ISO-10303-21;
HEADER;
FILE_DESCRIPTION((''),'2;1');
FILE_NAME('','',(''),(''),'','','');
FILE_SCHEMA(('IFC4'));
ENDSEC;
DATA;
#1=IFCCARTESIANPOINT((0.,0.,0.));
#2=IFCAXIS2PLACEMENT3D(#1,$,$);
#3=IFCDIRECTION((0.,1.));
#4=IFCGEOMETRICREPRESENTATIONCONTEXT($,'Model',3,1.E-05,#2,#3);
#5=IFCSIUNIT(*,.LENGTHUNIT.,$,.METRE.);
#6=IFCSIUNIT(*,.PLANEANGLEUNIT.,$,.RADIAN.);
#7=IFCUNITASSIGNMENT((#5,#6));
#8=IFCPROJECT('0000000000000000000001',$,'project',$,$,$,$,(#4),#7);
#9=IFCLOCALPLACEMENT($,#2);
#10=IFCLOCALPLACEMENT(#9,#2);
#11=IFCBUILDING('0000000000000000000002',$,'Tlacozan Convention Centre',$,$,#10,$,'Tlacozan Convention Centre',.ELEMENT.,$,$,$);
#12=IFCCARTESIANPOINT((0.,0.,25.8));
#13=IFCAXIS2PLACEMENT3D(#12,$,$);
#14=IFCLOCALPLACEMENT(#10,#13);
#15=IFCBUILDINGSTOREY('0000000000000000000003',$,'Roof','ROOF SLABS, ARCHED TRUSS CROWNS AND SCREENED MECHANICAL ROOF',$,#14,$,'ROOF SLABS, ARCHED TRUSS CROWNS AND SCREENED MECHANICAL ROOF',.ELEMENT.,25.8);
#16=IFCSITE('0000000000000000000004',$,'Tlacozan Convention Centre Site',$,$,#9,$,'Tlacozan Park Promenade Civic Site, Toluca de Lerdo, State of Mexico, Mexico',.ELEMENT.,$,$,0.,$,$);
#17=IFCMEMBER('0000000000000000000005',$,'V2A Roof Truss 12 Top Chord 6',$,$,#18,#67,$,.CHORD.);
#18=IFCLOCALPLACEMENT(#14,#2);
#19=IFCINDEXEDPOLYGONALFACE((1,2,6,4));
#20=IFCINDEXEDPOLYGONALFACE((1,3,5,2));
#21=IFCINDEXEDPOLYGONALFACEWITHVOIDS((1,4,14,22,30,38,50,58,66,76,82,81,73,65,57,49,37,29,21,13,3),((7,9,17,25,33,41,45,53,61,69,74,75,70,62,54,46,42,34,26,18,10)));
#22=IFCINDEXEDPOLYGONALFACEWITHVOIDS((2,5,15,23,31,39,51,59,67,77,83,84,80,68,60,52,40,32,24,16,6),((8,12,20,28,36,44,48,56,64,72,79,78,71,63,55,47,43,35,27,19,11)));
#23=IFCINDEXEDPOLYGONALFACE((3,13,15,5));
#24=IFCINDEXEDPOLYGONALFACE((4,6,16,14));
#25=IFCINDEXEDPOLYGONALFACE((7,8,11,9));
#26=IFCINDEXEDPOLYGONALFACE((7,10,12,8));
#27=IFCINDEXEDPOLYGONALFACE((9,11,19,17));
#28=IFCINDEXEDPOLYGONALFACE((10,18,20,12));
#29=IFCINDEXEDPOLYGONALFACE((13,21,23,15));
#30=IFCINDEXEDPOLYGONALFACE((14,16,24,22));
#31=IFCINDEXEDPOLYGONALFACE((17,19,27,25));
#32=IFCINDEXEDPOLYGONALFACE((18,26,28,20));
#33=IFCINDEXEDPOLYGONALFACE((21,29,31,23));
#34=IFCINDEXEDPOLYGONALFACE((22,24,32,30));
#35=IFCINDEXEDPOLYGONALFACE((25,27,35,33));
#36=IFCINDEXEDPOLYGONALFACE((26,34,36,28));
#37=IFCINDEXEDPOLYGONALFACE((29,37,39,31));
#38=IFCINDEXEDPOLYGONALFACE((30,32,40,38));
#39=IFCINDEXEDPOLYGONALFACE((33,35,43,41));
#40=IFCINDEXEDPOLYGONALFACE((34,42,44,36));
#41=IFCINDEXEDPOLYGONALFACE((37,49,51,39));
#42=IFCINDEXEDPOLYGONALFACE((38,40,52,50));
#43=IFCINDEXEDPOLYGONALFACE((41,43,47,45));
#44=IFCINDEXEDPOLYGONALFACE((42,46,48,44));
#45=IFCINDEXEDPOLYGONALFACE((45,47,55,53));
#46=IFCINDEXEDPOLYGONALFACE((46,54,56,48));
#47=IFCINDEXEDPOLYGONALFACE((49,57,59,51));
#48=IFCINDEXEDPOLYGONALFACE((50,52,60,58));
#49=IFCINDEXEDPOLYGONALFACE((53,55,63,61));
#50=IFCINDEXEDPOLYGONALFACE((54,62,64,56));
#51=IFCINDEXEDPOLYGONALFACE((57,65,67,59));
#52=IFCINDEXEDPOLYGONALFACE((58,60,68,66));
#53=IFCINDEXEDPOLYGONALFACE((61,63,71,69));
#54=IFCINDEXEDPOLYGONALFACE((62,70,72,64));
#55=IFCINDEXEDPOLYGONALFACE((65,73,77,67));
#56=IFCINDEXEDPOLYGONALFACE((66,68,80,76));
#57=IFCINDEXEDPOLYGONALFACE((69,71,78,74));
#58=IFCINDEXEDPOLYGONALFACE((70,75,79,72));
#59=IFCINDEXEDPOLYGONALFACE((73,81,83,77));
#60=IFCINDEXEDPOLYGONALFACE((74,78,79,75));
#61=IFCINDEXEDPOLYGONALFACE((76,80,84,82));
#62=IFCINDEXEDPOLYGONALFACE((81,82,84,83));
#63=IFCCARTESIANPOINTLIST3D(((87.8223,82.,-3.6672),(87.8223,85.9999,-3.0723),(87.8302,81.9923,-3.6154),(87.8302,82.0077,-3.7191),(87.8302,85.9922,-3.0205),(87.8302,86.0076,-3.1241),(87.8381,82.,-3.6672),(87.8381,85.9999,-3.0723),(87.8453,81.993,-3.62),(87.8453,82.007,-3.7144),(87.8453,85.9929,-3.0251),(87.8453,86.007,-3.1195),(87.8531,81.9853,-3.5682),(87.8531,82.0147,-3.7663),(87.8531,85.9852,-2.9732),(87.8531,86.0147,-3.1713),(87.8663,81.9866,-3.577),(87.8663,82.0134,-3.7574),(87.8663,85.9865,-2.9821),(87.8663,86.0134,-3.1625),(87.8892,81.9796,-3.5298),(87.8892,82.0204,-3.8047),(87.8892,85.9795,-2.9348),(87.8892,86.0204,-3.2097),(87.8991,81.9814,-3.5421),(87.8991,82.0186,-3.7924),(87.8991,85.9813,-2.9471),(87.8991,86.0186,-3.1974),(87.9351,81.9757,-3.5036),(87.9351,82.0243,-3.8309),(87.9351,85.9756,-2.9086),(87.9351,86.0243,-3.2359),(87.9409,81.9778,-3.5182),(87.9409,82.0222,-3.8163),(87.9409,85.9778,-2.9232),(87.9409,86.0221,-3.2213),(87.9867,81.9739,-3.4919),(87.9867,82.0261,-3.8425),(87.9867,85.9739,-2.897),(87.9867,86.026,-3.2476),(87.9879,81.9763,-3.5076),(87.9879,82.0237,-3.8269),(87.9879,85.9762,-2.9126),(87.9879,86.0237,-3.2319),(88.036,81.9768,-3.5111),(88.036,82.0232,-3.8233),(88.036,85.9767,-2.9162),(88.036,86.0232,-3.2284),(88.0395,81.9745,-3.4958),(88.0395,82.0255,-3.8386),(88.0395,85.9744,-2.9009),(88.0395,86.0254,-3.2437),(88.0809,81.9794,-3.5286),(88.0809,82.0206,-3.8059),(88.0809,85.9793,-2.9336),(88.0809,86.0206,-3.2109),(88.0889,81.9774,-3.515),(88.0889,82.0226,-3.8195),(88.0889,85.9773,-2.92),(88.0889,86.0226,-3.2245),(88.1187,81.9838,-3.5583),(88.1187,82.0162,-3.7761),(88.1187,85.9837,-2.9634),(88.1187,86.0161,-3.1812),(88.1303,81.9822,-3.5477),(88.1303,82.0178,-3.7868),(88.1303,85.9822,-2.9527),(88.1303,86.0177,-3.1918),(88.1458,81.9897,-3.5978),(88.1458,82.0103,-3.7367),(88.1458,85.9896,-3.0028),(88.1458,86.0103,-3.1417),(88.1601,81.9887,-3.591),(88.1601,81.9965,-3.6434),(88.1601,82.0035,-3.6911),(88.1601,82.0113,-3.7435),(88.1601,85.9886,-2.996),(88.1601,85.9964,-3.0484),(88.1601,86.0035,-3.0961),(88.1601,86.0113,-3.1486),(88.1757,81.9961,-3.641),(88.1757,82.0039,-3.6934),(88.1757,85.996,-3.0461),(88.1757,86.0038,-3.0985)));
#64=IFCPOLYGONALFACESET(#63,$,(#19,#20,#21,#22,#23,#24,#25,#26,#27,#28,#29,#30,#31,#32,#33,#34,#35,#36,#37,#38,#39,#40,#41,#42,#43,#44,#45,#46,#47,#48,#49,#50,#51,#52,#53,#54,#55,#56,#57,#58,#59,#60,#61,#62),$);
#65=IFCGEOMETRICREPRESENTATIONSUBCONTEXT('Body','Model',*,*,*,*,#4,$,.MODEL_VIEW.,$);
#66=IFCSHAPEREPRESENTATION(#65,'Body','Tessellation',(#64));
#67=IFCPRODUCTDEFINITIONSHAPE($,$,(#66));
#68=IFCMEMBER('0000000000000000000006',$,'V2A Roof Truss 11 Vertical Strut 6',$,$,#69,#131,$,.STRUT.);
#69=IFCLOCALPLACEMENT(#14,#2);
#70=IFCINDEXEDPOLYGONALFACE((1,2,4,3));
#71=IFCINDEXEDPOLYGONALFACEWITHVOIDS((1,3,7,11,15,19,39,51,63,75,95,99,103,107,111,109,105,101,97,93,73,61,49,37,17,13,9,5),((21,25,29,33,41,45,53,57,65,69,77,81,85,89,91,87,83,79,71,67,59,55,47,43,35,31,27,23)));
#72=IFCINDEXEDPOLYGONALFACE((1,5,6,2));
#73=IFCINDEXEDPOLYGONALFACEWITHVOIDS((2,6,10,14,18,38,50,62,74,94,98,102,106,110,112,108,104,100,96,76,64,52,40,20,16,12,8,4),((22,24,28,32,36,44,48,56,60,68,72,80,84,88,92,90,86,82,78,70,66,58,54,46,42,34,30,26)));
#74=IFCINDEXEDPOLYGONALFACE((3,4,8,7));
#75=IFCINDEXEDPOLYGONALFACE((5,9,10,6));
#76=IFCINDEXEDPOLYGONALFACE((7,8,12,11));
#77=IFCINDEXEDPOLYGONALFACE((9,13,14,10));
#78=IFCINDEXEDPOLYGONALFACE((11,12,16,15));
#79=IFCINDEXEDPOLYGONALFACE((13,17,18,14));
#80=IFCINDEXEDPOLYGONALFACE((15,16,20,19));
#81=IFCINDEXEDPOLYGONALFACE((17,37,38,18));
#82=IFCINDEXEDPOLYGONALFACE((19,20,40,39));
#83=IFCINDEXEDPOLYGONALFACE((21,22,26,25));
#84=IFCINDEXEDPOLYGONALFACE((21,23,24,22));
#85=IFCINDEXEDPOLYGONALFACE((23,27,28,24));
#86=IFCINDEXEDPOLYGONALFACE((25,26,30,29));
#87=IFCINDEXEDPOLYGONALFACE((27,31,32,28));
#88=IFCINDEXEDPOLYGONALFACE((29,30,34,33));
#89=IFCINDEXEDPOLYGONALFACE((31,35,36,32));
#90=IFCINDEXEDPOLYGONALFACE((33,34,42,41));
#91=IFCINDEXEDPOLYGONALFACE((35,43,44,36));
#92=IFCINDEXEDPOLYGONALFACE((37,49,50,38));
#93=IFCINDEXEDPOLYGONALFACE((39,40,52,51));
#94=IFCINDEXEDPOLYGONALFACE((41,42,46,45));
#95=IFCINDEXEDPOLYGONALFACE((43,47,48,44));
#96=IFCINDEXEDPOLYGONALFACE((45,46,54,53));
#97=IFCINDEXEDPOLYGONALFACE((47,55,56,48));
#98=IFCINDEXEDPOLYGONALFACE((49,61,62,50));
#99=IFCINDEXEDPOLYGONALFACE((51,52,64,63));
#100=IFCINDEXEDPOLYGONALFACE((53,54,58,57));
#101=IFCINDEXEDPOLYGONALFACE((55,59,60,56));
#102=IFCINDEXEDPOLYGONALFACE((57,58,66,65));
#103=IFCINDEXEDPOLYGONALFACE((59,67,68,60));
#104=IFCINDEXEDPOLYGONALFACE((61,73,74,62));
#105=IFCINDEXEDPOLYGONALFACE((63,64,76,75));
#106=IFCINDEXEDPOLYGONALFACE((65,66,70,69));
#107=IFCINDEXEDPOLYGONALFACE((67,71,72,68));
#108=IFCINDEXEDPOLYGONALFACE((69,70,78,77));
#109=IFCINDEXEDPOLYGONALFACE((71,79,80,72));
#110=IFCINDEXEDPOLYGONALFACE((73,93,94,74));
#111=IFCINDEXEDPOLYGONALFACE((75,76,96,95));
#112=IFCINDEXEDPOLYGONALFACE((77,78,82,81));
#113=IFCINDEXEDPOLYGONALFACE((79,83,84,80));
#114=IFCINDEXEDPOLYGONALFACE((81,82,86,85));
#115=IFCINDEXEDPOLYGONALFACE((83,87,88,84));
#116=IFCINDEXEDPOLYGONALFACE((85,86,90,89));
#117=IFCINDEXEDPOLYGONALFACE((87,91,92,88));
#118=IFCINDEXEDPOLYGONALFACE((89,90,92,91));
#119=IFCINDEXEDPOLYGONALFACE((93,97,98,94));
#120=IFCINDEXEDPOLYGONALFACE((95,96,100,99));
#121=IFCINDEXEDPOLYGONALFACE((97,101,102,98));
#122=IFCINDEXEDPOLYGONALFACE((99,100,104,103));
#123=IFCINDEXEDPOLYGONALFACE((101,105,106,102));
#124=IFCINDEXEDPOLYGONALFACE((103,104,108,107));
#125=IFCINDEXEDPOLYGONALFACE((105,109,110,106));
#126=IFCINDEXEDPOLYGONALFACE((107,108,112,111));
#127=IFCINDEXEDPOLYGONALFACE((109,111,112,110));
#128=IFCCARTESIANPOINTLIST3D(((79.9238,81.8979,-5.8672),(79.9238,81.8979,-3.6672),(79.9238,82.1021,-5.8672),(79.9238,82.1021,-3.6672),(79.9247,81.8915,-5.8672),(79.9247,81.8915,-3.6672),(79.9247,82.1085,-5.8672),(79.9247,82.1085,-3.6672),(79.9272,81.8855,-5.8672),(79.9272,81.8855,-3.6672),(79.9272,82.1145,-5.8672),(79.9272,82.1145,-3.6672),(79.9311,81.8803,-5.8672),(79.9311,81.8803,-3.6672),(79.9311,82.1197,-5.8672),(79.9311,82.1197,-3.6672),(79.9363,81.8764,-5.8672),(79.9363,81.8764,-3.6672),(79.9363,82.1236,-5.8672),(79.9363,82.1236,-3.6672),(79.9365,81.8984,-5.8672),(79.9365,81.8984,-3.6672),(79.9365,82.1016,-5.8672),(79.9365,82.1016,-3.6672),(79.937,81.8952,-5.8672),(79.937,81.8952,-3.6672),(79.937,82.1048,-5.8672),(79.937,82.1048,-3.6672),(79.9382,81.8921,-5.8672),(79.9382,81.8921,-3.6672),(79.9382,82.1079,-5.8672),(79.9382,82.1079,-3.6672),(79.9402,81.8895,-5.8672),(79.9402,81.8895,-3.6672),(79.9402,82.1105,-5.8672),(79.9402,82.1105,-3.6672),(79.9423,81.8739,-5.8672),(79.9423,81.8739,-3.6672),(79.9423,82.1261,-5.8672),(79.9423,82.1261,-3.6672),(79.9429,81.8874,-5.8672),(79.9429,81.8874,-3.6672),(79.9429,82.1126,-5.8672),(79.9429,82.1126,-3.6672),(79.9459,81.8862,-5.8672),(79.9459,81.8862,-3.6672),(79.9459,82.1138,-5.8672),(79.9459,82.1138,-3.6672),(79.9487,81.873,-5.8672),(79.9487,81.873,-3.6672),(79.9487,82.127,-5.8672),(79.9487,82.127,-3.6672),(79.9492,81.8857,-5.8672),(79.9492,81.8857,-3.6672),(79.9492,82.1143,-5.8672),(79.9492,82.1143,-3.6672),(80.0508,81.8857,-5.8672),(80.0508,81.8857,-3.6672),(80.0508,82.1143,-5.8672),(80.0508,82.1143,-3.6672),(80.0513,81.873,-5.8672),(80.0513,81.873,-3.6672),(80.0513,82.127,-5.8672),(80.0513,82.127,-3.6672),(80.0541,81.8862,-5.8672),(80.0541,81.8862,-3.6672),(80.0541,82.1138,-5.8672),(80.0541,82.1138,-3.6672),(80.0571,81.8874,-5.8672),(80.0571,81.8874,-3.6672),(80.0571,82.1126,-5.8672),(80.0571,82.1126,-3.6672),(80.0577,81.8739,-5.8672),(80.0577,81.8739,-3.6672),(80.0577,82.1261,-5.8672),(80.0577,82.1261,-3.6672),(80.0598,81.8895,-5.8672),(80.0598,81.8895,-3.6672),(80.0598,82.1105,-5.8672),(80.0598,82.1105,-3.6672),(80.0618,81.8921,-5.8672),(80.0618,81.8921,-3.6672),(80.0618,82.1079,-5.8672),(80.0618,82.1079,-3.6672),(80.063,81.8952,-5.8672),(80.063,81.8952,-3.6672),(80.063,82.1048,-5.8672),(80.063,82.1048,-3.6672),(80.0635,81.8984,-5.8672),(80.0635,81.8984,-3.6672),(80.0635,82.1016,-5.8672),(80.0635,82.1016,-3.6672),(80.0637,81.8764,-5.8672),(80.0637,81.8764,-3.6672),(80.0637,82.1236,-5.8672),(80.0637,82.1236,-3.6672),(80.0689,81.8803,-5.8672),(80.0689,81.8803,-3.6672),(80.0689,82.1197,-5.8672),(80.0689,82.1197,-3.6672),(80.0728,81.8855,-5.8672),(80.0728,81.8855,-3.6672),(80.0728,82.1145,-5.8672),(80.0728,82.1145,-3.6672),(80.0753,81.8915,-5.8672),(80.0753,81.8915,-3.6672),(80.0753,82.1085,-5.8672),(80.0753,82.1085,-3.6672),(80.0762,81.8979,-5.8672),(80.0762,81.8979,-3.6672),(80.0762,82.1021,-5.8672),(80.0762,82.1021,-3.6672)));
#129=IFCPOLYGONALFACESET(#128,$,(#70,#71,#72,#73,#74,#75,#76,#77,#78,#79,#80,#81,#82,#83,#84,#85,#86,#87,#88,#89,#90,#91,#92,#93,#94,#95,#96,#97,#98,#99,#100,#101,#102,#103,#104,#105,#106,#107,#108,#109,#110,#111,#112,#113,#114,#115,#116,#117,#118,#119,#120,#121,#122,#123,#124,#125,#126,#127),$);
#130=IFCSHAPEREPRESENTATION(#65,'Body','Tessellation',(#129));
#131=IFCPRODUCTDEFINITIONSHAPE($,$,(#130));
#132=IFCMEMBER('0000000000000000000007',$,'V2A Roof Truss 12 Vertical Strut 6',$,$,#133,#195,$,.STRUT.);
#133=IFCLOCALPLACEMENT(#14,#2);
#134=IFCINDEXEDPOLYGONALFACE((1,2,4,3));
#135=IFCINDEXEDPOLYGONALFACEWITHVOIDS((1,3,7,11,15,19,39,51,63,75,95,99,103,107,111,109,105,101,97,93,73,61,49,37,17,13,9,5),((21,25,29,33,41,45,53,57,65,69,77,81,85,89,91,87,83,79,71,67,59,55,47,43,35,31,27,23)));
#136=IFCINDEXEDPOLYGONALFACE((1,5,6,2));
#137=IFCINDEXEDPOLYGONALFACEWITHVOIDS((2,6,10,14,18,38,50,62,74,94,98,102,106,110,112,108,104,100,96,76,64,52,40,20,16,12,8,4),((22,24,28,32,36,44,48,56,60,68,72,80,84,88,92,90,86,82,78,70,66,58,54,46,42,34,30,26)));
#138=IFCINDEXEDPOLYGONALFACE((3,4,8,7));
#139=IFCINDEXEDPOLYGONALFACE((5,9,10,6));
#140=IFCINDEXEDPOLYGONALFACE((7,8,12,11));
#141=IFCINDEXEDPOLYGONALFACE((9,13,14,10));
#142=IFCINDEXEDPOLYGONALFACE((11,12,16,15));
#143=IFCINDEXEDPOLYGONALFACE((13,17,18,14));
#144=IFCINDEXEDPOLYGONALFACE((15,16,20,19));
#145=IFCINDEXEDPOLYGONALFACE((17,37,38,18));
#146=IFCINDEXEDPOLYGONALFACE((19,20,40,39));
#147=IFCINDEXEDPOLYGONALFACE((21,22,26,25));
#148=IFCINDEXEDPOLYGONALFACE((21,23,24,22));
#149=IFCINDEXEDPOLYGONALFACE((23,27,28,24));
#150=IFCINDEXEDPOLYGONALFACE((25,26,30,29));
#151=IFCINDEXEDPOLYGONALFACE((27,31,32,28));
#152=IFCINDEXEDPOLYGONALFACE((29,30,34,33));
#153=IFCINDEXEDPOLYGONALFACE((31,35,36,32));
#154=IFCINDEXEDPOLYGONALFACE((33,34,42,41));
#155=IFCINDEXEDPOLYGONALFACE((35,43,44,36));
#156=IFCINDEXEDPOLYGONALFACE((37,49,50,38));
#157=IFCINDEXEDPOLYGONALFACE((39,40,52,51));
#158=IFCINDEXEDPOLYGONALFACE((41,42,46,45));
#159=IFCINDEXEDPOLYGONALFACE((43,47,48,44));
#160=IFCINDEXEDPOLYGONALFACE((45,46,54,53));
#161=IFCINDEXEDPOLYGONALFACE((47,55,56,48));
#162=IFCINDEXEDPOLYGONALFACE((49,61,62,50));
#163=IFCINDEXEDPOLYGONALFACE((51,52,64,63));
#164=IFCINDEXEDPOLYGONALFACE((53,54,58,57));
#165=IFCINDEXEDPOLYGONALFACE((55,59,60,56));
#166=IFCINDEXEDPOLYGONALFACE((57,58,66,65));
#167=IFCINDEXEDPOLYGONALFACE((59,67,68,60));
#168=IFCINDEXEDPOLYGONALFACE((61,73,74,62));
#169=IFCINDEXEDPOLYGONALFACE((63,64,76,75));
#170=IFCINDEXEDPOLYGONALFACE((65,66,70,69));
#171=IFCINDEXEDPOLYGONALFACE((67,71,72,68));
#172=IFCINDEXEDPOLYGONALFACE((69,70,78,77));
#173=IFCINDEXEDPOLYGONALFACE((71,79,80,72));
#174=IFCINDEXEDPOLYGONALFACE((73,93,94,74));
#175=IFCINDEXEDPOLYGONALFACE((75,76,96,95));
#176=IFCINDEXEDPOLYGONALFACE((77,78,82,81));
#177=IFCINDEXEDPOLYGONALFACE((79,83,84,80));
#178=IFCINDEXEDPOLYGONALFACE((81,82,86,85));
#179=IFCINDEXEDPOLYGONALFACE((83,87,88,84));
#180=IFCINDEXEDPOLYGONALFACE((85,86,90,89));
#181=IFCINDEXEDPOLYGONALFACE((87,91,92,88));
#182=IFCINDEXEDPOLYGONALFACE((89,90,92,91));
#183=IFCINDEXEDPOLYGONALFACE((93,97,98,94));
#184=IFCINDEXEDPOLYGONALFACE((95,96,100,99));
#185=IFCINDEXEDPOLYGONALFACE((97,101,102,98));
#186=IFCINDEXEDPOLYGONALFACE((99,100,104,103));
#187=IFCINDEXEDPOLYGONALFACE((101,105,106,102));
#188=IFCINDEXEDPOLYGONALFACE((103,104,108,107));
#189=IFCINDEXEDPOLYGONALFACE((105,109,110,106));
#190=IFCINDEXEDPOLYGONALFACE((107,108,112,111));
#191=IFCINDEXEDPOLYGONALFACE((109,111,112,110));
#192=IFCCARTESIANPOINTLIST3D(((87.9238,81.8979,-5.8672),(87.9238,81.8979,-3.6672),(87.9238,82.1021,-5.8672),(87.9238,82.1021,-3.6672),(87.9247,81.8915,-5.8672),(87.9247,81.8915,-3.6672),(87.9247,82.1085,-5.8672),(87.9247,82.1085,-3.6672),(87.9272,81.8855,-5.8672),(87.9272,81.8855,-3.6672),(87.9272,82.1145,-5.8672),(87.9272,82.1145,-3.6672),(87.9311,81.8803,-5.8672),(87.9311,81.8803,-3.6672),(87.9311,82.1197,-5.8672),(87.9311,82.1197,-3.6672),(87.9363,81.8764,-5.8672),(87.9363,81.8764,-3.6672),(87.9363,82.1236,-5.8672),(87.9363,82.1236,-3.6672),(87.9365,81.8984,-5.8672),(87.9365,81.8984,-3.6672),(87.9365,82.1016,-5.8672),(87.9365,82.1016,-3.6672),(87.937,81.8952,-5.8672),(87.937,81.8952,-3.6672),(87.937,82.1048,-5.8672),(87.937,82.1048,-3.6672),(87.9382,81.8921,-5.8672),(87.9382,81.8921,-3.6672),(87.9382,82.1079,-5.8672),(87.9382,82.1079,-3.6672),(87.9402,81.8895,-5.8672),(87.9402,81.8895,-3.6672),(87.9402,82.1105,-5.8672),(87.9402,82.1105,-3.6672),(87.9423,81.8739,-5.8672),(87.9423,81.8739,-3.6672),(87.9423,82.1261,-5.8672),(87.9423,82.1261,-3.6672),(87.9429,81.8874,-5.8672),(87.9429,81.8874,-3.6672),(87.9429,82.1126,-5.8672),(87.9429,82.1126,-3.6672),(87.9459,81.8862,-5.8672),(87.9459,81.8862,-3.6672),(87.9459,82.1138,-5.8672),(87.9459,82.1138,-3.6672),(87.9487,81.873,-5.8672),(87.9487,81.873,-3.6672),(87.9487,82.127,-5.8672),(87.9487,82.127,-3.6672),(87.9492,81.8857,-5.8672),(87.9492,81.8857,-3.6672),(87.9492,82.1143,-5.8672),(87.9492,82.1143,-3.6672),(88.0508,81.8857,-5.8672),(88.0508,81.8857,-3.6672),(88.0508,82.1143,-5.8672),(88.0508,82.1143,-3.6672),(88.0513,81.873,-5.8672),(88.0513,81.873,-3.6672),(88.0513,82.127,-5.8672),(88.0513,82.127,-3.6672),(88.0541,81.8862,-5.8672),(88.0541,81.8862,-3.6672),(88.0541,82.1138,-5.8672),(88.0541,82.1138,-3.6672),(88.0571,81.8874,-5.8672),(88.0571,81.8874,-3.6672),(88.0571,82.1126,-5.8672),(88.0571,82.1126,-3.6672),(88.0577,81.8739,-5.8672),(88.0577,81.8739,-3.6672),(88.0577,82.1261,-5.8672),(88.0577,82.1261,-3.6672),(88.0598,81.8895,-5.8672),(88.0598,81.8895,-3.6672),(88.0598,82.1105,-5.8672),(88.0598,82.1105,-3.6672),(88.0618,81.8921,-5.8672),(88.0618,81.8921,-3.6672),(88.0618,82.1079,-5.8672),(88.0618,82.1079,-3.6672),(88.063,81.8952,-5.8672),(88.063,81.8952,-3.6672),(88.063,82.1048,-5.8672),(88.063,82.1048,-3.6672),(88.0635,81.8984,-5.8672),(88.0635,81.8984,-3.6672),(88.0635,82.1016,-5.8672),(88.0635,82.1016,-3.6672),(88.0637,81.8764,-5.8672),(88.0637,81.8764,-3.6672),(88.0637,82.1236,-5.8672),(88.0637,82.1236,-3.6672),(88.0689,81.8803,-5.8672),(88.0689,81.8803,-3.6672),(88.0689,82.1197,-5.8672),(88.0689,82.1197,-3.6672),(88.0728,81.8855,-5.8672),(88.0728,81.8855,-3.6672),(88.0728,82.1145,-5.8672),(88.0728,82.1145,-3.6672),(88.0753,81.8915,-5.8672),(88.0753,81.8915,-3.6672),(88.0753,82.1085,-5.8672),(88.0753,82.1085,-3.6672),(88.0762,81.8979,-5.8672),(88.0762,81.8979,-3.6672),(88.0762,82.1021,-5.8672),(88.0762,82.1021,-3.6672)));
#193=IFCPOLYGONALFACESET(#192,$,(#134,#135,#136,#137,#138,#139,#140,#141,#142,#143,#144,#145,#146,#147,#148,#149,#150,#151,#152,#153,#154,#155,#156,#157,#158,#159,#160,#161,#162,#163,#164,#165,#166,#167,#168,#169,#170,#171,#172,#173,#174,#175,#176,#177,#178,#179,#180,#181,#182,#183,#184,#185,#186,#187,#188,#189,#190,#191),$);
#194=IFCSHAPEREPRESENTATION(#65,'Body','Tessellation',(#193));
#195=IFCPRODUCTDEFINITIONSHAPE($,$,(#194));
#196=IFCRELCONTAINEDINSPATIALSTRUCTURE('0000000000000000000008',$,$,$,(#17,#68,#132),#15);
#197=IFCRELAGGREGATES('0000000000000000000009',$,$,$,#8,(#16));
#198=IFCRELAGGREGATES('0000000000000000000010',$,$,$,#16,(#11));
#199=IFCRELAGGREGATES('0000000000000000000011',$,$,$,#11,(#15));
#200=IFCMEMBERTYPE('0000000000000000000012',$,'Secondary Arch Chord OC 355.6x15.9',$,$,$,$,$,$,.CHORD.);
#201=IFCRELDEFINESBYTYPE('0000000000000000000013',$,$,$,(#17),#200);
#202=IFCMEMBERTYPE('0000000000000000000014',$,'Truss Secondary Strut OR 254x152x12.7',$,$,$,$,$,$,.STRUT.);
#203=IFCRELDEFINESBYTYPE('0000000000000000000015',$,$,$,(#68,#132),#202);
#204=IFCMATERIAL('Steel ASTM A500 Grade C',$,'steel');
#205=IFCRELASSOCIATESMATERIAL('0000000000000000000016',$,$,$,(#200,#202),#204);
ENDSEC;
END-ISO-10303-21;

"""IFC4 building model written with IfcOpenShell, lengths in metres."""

from ifc_helpers import new_model, si_unit, direction, frame, origin, origin_2d, place, context, subcontext, project, spatial, hollow_rectangle, hollow_circle, extrude, material, material_profile, profile_set, type_object, element, save


model = new_model("IFC4")

# Units and contexts
model_context = context("Model", 3, precision=1e-05, world=origin(), true_north=direction((0.0, 1.0)))
body_context = subcontext(model_context, "Body", "Model", "MODEL_VIEW")
ifc_project = project(units=[si_unit("LENGTHUNIT", "METRE"), si_unit("PLANEANGLEUNIT", "RADIAN")], contexts=[model_context])

# Site, building, storey
site_placement = place(None, origin())
site = spatial("IfcSite", under=ifc_project, at=site_placement, Name="Tlacozan Convention Centre Site", LongName="Tlacozan Park Promenade Civic Site, Toluca de Lerdo, State of Mexico, Mexico", CompositionType="ELEMENT", RefElevation=0.0)
building_placement = place(site_placement, origin())
building = spatial("IfcBuilding", under=site, at=building_placement, Name="Tlacozan Convention Centre", LongName="Tlacozan Convention Centre", CompositionType="ELEMENT")
storey_placement = place(building_placement, frame((0.0, 0.0, 25.8)))
storey = spatial("IfcBuildingStorey", under=building, at=storey_placement, Name="Roof", Description="ROOF SLABS, ARCHED TRUSS CROWNS AND SCREENED MECHANICAL ROOF", LongName="ROOF SLABS, ARCHED TRUSS CROWNS AND SCREENED MECHANICAL ROOF", CompositionType="ELEMENT", Elevation=25.8)

# Members
ifc_material_1 = material(Name="Steel ASTM A500 Grade C", Category="steel")
ifc_material_profile_1 = material_profile(ifc_material_1, hollow_circle(Radius=0.1777, WallThickness=0.0159, at=origin_2d()), Name="OC 355.6x15.9")
ifc_profile_set_1 = profile_set([ifc_material_profile_1], Name="Steel ASTM A500 Grade C")
member_type_1 = type_object("IfcMemberType", Name="Secondary Arch Chord OC 355.6x15.9", PredefinedType="CHORD", material=ifc_profile_set_1)
member_1_placement = place(storey_placement, frame((88.0, 82.0, -3.6672), z_axis=(0.0, 0.989118, 0.147124), x_axis=(-1.0, 0.0, 0.0)))
element("IfcMember", 1, at=member_1_placement, inside=storey, type_object=member_type_1, Name="V2A Roof Truss 12 Top Chord 6", PredefinedType="CHORD", context=body_context, shape_type="SweptSolid", body=[
    extrude(hollow_circle(Radius=0.1777, WallThickness=0.0159, at=origin_2d()), origin(), (0.0, 0.0, 1.0), 4.0439),
])
ifc_material_profile_2 = material_profile(ifc_material_1, hollow_rectangle(XDim=0.1523, YDim=0.2539, WallThickness=0.0127, InnerFilletRadius=0.0127, OuterFilletRadius=0.0249, at=origin_2d()), Name="OR 254x152x12.7")
ifc_profile_set_2 = profile_set([ifc_material_profile_2], Name="Steel ASTM A500 Grade C")
member_type_2 = type_object("IfcMemberType", Name="Truss Secondary Strut OR 254x152x12.7", PredefinedType="STRUT", material=ifc_profile_set_2)
for number, where, z_axis, x_axis, name in (
    (2, (80.0, 82.0, -5.8672), (0.0, 0.0, 1.0), (1.0, 0.0, 0.0), "V2A Roof Truss 11 Vertical Strut 6"),
    (3, (88.0, 82.0, -5.8672), (0.0, 0.0, 1.0), (1.0, 0.0, 0.0), "V2A Roof Truss 12 Vertical Strut 6"),
):
    element("IfcMember", number, at=place(storey_placement, frame(where, z_axis=z_axis, x_axis=x_axis)), inside=storey, type_object=member_type_2, Name=name, PredefinedType="STRUT", context=body_context, shape_type="SweptSolid", body=[
        extrude(hollow_rectangle(XDim=0.1523, YDim=0.2539, WallThickness=0.0127, InnerFilletRadius=0.0127, OuterFilletRadius=0.0249, at=origin_2d()), origin(), (0.0, 0.0, 1.0), 2.2),
    ])

save(model, "model.ifc")
